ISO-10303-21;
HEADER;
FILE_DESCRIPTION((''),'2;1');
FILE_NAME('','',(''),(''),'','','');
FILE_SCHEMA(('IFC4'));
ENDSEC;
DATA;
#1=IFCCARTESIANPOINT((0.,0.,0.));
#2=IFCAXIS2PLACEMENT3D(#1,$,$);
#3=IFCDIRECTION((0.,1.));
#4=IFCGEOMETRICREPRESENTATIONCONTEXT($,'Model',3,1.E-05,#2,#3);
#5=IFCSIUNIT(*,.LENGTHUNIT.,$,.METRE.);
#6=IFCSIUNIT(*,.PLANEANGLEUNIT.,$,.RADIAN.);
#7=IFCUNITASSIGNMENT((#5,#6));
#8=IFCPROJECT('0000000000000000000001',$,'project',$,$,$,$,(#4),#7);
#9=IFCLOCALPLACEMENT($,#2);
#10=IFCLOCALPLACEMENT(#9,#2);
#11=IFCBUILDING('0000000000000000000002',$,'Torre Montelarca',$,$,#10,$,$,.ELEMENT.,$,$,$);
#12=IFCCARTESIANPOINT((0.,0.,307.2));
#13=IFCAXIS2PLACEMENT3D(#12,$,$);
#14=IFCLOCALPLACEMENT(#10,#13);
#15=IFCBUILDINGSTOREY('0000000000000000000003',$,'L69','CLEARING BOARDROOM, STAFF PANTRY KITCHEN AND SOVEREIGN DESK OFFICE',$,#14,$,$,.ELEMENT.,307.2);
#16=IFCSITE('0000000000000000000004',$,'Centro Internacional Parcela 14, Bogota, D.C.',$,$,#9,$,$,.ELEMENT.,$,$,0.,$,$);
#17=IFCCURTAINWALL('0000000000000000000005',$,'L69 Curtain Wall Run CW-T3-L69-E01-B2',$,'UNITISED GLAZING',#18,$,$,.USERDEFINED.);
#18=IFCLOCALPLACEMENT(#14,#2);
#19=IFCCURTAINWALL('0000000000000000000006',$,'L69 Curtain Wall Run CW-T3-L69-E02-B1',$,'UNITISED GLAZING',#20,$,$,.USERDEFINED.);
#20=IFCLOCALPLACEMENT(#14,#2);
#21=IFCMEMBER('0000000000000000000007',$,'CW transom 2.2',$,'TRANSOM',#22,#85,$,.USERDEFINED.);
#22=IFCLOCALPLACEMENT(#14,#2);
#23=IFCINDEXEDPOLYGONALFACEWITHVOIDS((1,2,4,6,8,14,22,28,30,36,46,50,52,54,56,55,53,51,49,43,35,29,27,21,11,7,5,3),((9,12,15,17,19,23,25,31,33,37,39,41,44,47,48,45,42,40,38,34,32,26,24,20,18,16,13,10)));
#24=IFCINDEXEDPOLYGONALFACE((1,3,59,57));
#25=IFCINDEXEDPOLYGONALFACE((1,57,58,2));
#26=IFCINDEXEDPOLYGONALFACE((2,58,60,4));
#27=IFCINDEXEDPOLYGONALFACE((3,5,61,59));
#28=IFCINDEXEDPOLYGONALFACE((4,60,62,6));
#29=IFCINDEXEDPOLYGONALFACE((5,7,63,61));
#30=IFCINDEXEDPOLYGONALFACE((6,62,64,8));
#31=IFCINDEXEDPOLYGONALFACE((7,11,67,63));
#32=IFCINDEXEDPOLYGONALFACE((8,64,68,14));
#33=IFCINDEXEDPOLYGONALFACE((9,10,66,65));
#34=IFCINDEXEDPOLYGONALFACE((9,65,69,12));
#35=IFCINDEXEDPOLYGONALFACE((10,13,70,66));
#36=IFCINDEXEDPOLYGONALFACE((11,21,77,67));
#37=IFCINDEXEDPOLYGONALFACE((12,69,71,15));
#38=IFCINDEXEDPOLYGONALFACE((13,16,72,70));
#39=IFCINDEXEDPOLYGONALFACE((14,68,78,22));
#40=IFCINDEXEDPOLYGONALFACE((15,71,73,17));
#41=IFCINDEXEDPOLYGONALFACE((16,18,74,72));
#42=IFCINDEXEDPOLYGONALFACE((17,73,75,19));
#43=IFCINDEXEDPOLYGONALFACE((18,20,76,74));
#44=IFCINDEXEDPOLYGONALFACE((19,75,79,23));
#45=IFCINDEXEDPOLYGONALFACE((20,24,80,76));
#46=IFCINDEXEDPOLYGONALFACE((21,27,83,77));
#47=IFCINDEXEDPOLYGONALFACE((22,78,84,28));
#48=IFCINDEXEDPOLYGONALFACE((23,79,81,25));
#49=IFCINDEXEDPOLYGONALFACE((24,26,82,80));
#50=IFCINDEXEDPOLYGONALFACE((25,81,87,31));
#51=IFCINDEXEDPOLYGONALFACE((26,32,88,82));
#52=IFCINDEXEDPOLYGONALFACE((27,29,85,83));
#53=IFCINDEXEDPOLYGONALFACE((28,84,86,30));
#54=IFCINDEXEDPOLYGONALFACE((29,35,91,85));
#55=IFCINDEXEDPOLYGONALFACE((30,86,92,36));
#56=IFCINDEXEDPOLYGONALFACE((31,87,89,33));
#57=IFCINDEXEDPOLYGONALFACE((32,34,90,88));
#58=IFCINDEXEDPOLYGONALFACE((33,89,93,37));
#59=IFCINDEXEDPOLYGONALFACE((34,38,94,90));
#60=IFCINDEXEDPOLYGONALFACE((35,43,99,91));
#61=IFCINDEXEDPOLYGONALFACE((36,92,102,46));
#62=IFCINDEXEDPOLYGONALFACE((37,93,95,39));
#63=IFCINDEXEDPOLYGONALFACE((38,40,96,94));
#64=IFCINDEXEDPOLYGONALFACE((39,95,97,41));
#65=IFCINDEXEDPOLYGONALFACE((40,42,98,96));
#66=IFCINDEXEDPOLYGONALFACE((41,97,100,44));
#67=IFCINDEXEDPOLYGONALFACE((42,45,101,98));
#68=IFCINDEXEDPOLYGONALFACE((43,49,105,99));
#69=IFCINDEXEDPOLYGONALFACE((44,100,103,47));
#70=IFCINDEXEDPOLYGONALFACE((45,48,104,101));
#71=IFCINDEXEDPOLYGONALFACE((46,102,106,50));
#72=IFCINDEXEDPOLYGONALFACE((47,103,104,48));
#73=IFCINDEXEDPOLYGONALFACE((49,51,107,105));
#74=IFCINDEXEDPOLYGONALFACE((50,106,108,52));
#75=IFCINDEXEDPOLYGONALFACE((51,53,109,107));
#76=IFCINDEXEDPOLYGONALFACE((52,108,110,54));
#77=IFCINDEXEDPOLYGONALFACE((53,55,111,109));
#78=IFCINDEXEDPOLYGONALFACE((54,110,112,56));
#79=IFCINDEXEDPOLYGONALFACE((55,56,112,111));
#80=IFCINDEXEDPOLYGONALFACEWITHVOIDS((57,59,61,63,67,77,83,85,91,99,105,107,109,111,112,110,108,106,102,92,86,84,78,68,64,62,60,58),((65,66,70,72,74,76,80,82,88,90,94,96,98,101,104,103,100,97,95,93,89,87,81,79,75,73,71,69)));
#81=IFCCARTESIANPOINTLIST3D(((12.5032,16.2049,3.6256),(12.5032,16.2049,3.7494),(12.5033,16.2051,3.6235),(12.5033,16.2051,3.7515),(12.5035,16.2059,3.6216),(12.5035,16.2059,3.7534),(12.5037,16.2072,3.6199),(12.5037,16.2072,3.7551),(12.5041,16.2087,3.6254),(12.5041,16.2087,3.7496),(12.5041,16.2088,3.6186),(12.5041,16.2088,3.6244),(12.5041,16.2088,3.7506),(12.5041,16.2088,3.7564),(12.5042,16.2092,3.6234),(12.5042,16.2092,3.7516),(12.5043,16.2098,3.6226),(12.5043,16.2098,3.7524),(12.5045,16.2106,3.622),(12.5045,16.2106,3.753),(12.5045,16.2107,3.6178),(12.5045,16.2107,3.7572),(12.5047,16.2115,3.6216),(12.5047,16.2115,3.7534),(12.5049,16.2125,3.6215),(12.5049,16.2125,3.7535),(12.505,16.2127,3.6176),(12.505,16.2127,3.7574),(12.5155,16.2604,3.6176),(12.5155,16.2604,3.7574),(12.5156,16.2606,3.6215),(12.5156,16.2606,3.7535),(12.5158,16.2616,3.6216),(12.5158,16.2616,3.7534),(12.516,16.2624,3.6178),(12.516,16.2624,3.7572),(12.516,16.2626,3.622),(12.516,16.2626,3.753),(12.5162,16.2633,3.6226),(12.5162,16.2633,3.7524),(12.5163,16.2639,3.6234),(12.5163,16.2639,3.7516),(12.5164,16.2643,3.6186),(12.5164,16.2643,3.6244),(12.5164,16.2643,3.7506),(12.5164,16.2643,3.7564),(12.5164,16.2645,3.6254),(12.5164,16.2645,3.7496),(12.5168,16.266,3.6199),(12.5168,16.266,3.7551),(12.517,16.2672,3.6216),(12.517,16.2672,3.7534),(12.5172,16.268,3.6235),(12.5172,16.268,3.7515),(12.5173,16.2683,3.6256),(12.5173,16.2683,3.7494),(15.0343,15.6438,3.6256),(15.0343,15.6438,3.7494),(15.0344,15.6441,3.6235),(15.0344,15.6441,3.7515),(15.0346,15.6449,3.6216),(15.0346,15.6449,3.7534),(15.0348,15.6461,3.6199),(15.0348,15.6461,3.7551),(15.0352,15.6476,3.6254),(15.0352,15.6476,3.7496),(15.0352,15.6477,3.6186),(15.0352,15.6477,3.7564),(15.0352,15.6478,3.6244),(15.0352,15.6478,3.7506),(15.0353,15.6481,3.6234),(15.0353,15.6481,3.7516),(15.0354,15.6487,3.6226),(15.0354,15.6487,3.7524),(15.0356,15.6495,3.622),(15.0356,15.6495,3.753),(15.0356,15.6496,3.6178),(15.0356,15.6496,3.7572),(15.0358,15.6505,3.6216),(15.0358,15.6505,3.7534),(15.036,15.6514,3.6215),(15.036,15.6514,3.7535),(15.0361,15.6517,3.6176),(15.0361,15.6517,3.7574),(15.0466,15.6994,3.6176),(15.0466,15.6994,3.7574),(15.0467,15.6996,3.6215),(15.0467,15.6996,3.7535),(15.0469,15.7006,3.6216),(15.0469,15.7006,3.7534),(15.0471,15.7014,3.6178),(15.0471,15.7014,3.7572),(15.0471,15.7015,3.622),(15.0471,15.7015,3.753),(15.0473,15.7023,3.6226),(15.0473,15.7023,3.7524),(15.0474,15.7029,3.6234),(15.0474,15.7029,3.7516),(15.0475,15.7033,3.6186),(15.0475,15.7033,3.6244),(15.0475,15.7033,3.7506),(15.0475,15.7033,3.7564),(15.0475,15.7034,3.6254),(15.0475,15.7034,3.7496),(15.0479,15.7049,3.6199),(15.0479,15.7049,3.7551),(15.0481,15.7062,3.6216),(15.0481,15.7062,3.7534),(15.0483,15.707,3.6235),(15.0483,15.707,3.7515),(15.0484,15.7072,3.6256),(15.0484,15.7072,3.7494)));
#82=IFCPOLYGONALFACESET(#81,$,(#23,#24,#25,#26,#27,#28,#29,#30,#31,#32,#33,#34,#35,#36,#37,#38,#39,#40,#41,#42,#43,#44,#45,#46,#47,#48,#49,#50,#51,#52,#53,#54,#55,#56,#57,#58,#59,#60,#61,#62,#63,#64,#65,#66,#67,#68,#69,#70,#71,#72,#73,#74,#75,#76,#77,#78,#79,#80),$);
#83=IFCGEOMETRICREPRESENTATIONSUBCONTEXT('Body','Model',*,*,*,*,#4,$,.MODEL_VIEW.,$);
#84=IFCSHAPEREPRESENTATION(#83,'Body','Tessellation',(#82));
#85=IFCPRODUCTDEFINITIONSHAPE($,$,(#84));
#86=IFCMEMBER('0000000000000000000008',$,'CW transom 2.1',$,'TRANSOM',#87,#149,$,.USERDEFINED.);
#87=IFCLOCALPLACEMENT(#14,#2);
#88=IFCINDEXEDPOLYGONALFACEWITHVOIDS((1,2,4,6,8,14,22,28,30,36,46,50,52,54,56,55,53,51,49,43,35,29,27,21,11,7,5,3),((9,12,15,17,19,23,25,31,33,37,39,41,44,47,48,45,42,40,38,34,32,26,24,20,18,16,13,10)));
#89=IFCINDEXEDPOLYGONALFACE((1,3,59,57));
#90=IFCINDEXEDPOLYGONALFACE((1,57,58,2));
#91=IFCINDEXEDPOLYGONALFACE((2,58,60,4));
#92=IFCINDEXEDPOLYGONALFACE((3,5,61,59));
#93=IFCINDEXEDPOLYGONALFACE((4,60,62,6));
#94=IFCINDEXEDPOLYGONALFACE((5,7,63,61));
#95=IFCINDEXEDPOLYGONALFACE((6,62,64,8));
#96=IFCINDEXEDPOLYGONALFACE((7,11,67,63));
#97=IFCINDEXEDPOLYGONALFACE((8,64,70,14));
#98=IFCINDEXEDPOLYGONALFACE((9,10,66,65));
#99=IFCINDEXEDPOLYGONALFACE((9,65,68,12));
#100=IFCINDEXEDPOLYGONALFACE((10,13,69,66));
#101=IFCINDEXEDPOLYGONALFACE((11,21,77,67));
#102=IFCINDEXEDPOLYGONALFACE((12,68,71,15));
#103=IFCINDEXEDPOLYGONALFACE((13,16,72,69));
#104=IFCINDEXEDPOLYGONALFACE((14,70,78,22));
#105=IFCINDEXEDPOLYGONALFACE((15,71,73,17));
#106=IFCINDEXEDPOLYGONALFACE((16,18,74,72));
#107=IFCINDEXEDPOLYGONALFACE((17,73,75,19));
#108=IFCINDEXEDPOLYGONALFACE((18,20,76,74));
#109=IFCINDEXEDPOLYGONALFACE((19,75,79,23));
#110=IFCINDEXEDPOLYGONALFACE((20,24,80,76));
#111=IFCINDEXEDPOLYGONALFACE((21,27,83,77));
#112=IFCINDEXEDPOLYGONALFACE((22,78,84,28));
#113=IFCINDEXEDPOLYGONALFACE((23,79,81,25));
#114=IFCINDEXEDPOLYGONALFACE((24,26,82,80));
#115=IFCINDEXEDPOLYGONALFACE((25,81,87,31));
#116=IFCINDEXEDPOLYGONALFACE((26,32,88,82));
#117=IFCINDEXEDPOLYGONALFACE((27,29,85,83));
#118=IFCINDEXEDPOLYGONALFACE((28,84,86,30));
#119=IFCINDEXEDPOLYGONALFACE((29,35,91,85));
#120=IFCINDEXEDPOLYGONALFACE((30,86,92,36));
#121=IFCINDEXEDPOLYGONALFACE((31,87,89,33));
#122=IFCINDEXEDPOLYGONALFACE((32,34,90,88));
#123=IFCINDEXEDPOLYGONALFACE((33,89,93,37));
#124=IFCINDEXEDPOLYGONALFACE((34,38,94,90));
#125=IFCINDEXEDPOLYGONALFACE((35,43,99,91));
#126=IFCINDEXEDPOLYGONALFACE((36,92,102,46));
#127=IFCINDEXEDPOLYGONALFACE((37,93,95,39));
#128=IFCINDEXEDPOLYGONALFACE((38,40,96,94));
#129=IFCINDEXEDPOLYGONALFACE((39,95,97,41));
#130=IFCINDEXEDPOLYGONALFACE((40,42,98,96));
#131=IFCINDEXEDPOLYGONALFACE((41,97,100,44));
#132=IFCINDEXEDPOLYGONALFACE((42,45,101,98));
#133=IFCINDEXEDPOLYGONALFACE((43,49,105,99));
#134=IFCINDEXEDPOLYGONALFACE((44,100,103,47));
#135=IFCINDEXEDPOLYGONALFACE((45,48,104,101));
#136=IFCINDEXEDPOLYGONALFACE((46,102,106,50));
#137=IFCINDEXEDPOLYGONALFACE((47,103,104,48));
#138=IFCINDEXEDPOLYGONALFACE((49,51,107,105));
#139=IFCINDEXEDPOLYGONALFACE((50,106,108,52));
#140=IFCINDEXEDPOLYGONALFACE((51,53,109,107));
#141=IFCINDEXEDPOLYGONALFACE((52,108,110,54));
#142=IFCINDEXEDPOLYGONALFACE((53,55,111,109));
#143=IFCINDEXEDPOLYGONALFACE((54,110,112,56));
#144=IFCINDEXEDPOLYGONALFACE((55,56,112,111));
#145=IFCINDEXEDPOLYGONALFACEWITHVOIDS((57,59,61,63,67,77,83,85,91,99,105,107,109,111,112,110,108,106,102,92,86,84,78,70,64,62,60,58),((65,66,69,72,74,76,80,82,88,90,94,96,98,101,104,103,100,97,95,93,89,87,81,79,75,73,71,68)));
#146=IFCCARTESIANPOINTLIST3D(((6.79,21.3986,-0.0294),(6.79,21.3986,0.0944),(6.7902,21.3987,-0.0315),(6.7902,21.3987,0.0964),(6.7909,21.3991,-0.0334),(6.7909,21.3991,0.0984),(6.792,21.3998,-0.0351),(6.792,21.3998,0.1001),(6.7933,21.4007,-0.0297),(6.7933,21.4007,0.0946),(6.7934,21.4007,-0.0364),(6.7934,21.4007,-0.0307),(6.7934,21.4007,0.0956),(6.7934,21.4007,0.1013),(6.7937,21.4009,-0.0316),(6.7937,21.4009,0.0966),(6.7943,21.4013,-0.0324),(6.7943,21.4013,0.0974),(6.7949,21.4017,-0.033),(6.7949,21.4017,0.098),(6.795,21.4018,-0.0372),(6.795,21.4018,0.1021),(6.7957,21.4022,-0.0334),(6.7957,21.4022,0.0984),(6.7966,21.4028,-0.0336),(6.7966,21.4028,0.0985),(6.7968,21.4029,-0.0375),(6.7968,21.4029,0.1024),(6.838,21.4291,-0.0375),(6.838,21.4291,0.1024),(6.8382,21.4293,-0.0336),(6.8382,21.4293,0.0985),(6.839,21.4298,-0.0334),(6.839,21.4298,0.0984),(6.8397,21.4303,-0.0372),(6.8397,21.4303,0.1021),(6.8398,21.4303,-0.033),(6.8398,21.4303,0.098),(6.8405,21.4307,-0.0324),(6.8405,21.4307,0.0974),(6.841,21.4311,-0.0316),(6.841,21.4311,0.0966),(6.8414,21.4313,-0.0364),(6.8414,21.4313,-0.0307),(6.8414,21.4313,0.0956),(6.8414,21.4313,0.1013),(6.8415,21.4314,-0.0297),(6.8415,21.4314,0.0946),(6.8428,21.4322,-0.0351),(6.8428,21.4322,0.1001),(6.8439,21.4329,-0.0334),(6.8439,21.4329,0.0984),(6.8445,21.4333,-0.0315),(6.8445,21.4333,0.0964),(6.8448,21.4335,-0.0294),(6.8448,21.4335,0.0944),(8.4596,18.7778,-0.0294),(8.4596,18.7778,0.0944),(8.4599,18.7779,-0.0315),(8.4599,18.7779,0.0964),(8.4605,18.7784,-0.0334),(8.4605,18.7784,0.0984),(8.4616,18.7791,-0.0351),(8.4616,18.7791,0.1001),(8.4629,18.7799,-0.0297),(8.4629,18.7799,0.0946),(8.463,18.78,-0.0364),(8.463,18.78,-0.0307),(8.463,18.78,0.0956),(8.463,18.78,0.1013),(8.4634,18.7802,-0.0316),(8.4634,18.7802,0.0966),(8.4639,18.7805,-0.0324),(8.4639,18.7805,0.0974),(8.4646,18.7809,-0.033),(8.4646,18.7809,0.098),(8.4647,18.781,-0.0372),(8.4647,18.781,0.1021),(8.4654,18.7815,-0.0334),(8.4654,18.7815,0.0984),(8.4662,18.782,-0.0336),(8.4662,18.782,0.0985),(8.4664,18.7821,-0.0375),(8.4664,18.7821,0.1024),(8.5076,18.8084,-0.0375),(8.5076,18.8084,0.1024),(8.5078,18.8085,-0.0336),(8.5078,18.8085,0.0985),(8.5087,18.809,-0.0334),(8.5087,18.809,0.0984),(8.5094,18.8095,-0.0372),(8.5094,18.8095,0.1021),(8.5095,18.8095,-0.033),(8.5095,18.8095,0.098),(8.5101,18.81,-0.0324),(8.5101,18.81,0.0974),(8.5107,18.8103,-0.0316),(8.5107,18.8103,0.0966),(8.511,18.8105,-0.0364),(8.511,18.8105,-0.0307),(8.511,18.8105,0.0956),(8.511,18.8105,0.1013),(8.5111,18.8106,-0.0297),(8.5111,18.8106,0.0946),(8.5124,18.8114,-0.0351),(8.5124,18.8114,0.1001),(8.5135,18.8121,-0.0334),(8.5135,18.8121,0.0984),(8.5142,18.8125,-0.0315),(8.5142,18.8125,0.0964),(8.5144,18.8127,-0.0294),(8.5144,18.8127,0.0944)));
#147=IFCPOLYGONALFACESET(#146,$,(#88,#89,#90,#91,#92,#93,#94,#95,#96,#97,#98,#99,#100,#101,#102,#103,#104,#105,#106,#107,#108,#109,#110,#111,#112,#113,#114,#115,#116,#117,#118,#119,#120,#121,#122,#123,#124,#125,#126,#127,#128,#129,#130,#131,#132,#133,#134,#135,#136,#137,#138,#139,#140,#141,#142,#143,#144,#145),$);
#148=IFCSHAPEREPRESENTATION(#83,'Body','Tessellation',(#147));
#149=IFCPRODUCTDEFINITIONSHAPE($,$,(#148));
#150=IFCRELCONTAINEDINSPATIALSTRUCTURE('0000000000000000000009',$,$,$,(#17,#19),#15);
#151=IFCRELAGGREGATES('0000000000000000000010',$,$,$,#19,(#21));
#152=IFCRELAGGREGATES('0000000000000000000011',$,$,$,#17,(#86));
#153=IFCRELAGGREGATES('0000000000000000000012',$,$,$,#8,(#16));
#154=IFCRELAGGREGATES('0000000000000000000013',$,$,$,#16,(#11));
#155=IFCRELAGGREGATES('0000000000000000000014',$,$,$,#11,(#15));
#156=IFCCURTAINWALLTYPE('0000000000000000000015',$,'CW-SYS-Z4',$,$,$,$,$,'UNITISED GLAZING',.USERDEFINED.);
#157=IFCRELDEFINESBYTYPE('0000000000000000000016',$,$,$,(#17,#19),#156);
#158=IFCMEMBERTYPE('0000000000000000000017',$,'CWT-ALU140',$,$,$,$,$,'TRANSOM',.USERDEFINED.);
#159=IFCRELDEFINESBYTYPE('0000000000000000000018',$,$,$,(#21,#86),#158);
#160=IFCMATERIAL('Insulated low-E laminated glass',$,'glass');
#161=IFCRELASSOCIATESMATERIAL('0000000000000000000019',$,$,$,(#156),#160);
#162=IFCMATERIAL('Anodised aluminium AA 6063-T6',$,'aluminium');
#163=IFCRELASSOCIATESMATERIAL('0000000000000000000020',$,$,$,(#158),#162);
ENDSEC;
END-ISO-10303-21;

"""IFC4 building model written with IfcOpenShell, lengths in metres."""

from ifc_helpers import new_model, si_unit, direction, frame, origin, origin_2d, place, context, subcontext, project, spatial, hollow_rectangle, extrude, source, transform, mapped, material, material_profile, profile_set, type_object, element, aggregate, save


model = new_model("IFC4")

# Units and contexts
model_context = context("Model", 3, precision=1e-05, world=origin(), true_north=direction((0.0, 1.0)))
body_context = subcontext(model_context, "Body", "Model", "MODEL_VIEW")
ifc_project = project(units=[si_unit("LENGTHUNIT", "METRE"), si_unit("PLANEANGLEUNIT", "RADIAN")], contexts=[model_context])

# Site, building, storey
site_placement = place(None, origin())
site = spatial("IfcSite", under=ifc_project, at=site_placement, Name="Centro Internacional Parcela 14, Bogota, D.C.", CompositionType="ELEMENT", RefElevation=0.0)
building_placement = place(site_placement, origin())
building = spatial("IfcBuilding", under=site, at=building_placement, Name="Torre Montelarca", CompositionType="ELEMENT")
storey_placement = place(building_placement, frame((0.0, 0.0, 307.2)))
storey = spatial("IfcBuildingStorey", under=building, at=storey_placement, Name="L69", Description="CLEARING BOARDROOM, STAFF PANTRY KITCHEN AND SOVEREIGN DESK OFFICE", CompositionType="ELEMENT", Elevation=307.2)

# Curtain wall
ifc_material_1 = material(Name="Insulated low-E laminated glass", Category="glass")
curtain_wall_type = type_object("IfcCurtainWallType", Name="CW-SYS-Z4", ElementType="UNITISED GLAZING", PredefinedType="USERDEFINED", material=ifc_material_1)
curtain_wall_1_placement = place(storey_placement, origin())
curtain_wall_1 = element("IfcCurtainWall", 1, at=curtain_wall_1_placement, inside=storey, type_object=curtain_wall_type, Name="L69 Curtain Wall Run CW-T3-L69-E01-B2", ObjectType="UNITISED GLAZING", PredefinedType="USERDEFINED")
ifc_material_2 = material(Name="Anodised aluminium AA 6063-T6", Category="aluminium")

# Curtain wall
curtain_wall_2_placement = place(storey_placement, origin())
curtain_wall_2 = element("IfcCurtainWall", 2, at=curtain_wall_2_placement, inside=storey, type_object=curtain_wall_type, Name="L69 Curtain Wall Run CW-T3-L69-E02-B1", ObjectType="UNITISED GLAZING", PredefinedType="USERDEFINED")

# Members
ifc_material_profile_1 = material_profile(ifc_material_2, hollow_rectangle(XDim=0.0649, YDim=0.1399, WallThickness=0.0039, InnerFilletRadius=0.0039, OuterFilletRadius=0.0081, at=origin_2d()), Name="ALU65X140X4", Category="aluminium")
ifc_profile_set_1 = profile_set([ifc_material_profile_1], Name="Anodised aluminium AA 6063-T6")
member_type_1 = type_object("IfcMemberType", Name="CWT-ALU140", ElementType="TRANSOM", PredefinedType="USERDEFINED", material=ifc_profile_set_1)
shared_shape_1 = source(origin(), body_context, "Body", "SweptSolid", [
    extrude(hollow_rectangle(XDim=0.0649, YDim=0.1399, WallThickness=0.0039, InnerFilletRadius=0.0039, OuterFilletRadius=0.0081, at=origin_2d()), origin(), (0.0, 0.0, 1.0), 2.5925),
])
member_1_placement = place(storey_placement, frame((12.5103, 16.2366, 3.6875), z_axis=(0.976302, -0.216412, 0.0), x_axis=(0.216412, 0.976302, 0.0)))
member_1 = element("IfcMember", 3, at=member_1_placement, type_object=member_type_1, Name="CW transom 2.2", ObjectType="TRANSOM", PredefinedType="USERDEFINED", context=body_context, shape_type="MappedRepresentation", body=[
    mapped(shared_shape_1, transform((0.0, 0.0, 0.0), scale=1.0)),
])
shared_shape_2 = source(origin(), body_context, "Body", "SweptSolid", [
    extrude(hollow_rectangle(XDim=0.0649, YDim=0.1399, WallThickness=0.0039, InnerFilletRadius=0.0039, OuterFilletRadius=0.0081, at=origin_2d()), origin(), (0.0, 0.0, 1.0), 3.1074),
])
member_2_placement = place(storey_placement, frame((6.8174, 21.416, 0.0325), z_axis=(0.537302, -0.84339, 0.0), x_axis=(0.84339, 0.537302, 0.0)))
member_2 = element("IfcMember", 4, at=member_2_placement, type_object=member_type_1, Name="CW transom 2.1", ObjectType="TRANSOM", PredefinedType="USERDEFINED", context=body_context, shape_type="MappedRepresentation", body=[
    mapped(shared_shape_2, transform((0.0, 0.0, 0.0), scale=1.0)),
])

aggregate(curtain_wall_2, [member_1])
aggregate(curtain_wall_1, [member_2])

save(model, "model.ifc")
